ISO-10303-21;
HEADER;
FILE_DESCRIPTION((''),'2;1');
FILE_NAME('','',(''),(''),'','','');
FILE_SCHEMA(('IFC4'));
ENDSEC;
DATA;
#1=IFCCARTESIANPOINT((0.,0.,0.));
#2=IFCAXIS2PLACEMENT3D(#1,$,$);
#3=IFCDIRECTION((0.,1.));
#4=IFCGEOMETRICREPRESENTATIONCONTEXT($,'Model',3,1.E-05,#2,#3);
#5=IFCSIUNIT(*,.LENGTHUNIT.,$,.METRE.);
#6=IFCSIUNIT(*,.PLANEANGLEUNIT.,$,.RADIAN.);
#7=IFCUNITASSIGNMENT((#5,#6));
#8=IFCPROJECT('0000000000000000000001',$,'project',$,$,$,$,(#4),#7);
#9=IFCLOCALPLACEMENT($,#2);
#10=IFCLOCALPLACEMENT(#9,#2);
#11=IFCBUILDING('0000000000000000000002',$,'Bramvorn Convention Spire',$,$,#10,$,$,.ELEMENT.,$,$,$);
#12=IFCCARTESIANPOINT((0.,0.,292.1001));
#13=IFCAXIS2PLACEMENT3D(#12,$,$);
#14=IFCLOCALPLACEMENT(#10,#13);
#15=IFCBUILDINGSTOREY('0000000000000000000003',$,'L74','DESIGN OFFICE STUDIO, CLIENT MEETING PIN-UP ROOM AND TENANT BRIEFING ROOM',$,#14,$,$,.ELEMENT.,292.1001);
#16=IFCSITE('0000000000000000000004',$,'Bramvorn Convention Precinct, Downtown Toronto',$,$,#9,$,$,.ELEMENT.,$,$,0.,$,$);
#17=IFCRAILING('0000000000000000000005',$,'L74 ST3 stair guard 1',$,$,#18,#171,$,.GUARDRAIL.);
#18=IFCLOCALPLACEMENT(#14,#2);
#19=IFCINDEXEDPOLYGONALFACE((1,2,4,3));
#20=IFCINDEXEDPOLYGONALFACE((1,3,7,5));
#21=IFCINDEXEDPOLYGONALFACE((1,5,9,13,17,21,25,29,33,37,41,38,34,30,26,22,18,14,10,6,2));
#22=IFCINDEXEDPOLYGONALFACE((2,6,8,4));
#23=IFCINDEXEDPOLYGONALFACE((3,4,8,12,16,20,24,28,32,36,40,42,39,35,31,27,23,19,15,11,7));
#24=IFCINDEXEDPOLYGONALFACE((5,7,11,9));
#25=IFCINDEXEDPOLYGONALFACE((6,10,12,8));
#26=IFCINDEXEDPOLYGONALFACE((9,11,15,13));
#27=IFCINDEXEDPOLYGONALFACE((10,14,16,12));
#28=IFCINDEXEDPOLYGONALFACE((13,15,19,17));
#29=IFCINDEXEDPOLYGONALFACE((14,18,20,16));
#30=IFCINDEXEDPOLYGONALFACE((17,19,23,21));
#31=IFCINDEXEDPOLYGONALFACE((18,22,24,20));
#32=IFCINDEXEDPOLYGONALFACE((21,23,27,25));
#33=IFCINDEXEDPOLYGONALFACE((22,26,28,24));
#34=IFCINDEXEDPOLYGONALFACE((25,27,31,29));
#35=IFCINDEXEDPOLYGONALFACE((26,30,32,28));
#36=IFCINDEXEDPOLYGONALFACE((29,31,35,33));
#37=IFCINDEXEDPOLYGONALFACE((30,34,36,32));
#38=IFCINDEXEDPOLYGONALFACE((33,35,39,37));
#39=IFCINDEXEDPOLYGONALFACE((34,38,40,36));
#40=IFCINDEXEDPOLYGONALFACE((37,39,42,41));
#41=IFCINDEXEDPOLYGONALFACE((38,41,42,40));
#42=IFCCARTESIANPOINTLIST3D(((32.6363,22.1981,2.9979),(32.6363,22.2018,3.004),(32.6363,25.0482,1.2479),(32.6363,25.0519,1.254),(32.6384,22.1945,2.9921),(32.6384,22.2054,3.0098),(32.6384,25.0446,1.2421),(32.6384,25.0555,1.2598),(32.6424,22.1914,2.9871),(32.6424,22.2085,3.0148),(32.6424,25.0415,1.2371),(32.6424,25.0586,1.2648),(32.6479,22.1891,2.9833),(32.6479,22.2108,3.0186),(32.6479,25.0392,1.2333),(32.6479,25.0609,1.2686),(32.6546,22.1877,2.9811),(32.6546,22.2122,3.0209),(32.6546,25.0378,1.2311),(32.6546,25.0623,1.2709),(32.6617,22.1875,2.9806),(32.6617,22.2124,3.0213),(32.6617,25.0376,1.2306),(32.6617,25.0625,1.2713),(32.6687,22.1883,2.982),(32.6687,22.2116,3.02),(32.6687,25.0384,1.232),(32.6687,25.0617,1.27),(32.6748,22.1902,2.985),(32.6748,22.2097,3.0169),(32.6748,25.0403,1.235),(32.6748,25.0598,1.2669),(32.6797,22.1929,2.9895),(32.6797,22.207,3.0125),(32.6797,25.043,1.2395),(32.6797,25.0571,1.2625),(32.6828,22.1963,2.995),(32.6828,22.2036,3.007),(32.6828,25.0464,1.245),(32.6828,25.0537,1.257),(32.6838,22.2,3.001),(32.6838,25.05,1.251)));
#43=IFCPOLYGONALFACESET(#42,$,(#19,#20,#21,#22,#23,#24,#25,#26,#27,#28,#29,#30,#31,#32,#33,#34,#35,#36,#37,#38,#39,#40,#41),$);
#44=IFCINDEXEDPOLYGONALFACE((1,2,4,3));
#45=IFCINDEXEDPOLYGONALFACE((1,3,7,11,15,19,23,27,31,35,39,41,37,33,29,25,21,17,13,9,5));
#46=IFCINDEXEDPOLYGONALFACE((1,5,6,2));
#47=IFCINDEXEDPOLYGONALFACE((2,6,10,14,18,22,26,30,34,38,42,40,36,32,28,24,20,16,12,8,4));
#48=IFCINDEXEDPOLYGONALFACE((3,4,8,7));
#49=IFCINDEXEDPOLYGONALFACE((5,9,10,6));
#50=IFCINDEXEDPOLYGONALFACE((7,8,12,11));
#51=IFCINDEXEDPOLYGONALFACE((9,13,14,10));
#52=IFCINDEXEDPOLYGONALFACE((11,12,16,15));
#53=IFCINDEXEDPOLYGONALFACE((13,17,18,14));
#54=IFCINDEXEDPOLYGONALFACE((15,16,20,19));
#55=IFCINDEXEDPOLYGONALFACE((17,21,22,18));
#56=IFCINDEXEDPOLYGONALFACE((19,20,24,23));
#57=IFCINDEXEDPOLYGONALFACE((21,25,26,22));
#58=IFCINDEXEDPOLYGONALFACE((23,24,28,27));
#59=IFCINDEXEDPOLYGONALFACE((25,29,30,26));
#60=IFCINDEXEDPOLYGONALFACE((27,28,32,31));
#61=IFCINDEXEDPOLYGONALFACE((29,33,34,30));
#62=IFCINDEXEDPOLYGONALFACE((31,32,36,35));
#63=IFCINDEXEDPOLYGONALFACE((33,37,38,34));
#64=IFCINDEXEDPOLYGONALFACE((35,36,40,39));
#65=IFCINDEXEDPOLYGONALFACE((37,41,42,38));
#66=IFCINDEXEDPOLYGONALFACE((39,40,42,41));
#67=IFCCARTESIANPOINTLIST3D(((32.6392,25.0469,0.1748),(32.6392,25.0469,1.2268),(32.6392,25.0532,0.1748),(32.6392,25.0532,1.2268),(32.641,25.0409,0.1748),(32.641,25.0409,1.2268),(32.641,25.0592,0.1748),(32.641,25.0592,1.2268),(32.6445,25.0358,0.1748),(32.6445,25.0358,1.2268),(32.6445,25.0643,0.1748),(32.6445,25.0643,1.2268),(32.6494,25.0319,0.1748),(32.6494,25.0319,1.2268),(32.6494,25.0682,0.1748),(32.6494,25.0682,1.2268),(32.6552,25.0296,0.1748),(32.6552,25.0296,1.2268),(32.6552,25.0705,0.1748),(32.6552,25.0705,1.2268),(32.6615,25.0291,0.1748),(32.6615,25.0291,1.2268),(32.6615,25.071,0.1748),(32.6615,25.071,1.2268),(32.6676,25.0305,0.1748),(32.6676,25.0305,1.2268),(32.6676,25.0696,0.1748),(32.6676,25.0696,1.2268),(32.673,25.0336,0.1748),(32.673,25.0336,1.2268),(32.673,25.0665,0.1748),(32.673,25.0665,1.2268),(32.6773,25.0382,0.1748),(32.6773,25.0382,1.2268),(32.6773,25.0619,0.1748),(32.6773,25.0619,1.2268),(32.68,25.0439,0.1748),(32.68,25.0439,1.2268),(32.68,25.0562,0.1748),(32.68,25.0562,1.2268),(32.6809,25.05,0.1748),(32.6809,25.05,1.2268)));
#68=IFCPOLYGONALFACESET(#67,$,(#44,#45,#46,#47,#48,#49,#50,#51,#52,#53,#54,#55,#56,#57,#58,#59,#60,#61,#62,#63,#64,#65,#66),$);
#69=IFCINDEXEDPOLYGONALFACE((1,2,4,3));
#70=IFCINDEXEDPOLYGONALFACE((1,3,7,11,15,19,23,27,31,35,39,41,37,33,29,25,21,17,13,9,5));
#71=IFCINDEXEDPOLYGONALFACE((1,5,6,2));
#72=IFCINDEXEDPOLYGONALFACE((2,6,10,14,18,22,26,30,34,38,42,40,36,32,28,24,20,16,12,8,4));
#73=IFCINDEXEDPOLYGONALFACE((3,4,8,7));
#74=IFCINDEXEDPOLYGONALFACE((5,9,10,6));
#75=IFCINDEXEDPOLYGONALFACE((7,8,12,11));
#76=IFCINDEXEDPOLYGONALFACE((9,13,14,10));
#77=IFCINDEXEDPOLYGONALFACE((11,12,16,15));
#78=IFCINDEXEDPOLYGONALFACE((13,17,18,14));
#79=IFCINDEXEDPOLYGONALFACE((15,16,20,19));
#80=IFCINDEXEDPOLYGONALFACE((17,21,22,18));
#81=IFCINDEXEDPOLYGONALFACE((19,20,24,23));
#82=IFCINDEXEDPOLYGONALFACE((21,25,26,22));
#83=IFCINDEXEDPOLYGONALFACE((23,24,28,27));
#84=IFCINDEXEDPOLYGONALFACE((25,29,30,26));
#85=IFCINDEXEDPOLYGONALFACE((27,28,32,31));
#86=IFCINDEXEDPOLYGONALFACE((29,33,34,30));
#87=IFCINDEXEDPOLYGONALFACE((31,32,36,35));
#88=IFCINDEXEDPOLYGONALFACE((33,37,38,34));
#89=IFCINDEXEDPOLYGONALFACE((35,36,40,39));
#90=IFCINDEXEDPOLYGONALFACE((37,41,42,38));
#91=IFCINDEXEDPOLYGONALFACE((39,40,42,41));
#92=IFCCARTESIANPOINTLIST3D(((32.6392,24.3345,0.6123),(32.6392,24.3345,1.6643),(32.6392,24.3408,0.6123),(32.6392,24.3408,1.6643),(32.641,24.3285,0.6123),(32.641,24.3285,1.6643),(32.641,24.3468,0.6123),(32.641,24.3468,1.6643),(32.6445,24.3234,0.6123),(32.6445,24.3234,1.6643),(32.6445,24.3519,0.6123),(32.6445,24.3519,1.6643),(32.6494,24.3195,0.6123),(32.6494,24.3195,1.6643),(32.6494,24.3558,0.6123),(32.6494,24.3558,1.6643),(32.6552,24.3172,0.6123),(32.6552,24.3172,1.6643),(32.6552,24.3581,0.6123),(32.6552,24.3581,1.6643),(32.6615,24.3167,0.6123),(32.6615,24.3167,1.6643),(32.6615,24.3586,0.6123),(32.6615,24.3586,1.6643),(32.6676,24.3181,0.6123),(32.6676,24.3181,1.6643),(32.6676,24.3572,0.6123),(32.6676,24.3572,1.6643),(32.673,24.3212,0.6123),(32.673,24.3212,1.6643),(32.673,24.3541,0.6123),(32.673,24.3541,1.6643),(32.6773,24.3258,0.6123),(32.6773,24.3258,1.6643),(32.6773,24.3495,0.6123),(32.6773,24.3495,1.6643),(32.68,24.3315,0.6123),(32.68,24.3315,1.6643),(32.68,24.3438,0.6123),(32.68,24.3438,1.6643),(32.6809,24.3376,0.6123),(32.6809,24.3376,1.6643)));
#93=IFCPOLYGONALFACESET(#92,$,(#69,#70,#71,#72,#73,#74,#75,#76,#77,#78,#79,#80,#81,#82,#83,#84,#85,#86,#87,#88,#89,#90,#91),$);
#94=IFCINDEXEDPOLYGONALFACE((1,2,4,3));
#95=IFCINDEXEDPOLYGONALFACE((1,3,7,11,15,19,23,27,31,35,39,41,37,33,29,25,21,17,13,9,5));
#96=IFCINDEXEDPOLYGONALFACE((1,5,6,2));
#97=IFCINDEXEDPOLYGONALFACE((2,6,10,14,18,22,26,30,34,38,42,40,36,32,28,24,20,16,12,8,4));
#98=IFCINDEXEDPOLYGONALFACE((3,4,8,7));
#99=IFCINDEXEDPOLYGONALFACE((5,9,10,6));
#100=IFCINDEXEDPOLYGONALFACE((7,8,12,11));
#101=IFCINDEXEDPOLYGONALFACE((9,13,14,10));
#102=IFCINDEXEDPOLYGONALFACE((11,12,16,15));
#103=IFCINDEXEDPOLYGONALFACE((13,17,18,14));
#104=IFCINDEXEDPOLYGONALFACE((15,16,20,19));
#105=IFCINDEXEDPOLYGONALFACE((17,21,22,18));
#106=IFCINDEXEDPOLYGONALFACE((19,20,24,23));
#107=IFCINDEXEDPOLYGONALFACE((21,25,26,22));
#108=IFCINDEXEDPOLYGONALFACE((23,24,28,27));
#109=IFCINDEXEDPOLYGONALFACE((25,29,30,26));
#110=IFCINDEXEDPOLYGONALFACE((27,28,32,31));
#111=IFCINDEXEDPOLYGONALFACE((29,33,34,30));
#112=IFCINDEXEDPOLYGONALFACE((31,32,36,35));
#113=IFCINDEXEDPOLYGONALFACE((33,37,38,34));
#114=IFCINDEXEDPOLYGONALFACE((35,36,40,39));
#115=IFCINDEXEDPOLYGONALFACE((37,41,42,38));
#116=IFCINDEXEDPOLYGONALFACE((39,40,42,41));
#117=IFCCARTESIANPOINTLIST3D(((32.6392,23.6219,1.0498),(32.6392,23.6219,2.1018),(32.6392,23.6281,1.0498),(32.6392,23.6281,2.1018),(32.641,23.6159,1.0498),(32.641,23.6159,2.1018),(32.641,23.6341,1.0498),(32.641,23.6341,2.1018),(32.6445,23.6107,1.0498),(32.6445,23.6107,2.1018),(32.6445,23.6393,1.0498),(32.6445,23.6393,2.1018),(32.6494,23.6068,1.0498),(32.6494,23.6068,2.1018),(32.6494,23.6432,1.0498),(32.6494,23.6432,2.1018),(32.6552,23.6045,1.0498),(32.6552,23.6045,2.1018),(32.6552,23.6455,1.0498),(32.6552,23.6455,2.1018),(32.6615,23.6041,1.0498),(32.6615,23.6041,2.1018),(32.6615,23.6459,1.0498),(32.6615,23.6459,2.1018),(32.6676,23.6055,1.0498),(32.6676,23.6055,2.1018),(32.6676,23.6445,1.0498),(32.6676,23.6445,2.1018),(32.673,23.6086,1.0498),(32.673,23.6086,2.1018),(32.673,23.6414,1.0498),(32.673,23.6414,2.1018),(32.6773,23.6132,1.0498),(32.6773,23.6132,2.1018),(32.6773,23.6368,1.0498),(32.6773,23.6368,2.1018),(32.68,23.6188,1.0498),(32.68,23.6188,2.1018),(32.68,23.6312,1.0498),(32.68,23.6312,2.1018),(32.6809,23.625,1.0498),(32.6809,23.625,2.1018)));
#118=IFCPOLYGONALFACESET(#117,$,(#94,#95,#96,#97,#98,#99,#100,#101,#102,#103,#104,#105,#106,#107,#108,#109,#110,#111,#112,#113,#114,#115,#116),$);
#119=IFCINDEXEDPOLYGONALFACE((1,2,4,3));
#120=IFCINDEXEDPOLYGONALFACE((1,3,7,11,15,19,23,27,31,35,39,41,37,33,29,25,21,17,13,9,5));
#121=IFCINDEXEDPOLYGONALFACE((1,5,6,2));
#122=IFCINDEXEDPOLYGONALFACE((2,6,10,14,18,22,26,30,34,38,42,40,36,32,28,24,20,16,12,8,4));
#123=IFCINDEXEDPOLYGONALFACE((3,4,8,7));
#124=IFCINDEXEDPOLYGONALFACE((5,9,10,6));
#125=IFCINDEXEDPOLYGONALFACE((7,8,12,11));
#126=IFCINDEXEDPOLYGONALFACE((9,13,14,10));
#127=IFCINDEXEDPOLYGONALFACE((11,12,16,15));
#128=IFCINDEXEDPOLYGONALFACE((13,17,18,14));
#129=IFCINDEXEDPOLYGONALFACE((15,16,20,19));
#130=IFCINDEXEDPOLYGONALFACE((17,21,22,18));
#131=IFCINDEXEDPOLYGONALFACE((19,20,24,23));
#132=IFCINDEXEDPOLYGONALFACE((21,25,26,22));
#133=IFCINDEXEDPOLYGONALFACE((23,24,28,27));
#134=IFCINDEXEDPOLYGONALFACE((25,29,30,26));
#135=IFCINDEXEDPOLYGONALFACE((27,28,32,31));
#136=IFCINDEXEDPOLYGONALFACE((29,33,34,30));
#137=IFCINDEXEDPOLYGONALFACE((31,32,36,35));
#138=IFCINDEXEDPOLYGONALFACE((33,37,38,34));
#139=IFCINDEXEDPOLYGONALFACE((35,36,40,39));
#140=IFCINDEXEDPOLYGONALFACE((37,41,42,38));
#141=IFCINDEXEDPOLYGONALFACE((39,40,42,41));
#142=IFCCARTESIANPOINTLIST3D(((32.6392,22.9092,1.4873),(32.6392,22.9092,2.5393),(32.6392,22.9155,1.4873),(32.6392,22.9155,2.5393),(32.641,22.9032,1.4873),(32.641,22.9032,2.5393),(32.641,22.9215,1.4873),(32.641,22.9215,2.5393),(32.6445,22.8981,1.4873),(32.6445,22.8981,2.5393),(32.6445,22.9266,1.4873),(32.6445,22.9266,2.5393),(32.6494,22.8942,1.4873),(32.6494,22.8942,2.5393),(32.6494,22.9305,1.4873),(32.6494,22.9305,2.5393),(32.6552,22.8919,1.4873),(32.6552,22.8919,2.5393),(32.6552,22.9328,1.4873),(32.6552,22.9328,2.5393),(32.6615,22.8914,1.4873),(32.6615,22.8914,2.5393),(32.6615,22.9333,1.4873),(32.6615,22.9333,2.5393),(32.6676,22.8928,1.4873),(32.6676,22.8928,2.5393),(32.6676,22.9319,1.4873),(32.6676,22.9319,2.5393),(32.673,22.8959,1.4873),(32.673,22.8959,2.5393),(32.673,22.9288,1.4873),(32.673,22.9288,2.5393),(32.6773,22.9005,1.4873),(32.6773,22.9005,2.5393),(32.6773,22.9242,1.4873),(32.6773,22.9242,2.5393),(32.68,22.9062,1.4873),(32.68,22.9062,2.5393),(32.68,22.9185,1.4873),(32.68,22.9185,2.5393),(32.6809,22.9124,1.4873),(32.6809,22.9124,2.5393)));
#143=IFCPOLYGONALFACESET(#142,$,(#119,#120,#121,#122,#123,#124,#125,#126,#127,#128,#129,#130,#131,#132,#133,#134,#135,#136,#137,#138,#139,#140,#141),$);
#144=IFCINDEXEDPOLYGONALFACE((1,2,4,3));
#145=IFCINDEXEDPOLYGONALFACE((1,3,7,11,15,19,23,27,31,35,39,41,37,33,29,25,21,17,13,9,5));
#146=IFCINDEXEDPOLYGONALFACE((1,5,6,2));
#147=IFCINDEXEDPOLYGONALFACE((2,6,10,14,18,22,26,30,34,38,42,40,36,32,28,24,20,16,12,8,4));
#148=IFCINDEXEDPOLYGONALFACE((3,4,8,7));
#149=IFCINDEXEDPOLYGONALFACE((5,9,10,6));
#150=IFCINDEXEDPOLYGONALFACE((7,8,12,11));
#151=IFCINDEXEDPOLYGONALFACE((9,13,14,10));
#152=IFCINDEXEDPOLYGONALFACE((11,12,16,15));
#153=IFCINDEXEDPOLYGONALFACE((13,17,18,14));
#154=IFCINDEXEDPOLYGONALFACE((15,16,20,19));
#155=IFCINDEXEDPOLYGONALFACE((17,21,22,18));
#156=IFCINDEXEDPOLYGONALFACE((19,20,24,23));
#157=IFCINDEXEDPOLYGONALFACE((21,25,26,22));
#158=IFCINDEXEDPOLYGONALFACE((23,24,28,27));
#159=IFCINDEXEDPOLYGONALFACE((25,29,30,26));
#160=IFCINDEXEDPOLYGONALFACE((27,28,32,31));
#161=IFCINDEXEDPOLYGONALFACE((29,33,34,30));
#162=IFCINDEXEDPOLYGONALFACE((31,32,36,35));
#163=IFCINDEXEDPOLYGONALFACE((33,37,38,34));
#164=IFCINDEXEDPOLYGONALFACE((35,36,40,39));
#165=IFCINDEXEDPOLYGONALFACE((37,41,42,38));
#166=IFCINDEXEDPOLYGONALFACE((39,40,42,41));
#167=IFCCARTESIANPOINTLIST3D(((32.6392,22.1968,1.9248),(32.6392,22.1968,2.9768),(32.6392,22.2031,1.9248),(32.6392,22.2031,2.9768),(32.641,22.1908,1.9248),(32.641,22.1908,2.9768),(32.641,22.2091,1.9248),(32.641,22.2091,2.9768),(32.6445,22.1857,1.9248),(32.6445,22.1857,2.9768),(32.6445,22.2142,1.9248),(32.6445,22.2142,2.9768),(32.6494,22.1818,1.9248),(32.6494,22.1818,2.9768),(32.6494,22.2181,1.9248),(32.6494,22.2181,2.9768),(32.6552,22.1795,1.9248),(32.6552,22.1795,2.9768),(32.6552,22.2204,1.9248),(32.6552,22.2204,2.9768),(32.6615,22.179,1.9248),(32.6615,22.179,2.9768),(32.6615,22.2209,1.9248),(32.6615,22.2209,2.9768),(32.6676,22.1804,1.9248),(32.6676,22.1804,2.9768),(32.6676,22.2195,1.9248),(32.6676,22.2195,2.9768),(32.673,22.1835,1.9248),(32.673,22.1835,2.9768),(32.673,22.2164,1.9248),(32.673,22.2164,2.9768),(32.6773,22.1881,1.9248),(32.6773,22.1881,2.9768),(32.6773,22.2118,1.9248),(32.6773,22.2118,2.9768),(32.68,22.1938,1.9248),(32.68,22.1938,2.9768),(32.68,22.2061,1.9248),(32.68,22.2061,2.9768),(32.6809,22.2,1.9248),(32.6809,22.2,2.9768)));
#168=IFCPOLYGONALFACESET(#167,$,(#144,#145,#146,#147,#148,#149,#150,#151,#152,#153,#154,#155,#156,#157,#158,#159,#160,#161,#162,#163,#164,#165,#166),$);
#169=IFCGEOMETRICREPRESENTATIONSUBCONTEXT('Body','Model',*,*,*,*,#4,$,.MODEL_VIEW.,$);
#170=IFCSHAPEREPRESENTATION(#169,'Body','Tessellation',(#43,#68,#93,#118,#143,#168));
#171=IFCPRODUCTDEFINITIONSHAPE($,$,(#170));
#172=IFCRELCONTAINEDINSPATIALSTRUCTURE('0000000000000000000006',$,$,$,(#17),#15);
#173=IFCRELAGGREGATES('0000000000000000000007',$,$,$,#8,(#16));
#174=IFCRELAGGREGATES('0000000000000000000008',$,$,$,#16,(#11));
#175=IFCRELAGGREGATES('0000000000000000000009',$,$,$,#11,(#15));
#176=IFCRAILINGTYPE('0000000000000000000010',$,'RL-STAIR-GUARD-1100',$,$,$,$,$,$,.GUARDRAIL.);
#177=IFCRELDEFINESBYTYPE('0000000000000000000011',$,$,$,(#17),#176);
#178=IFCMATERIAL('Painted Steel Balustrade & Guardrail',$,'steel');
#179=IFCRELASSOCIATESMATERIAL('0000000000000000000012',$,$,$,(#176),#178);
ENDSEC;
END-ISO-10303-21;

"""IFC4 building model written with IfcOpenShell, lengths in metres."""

from ifc_helpers import new_model, si_unit, direction, frame, origin, origin_2d, place, context, subcontext, project, spatial, circle, extrude, material, type_object, element, save


model = new_model("IFC4")

# Units and contexts
model_context = context("Model", 3, precision=1e-05, world=origin(), true_north=direction((0.0, 1.0)))
body_context = subcontext(model_context, "Body", "Model", "MODEL_VIEW")
ifc_project = project(units=[si_unit("LENGTHUNIT", "METRE"), si_unit("PLANEANGLEUNIT", "RADIAN")], contexts=[model_context])

# Site, building, storey
site_placement = place(None, origin())
site = spatial("IfcSite", under=ifc_project, at=site_placement, Name="Bramvorn Convention Precinct, Downtown Toronto", CompositionType="ELEMENT", RefElevation=0.0)
building_placement = place(site_placement, origin())
building = spatial("IfcBuilding", under=site, at=building_placement, Name="Bramvorn Convention Spire", CompositionType="ELEMENT")
storey_placement = place(building_placement, frame((0.0, 0.0, 292.1001)))
storey = spatial("IfcBuildingStorey", under=building, at=storey_placement, Name="L74", Description="DESIGN OFFICE STUDIO, CLIENT MEETING PIN-UP ROOM AND TENANT BRIEFING ROOM", CompositionType="ELEMENT", Elevation=292.1001)

# Railing
ifc_material_1 = material(Name="Painted Steel Balustrade & Guardrail", Category="steel")
railing_type_1 = type_object("IfcRailingType", Name="RL-STAIR-GUARD-1100", PredefinedType="GUARDRAIL", material=ifc_material_1)
railing_1_placement = place(storey_placement, frame((32.6599, 25.05, 0.1748)))
element("IfcRailing", 1, at=railing_1_placement, inside=storey, type_object=railing_type_1, Name="L74 ST3 stair guard 1", PredefinedType="GUARDRAIL", context=body_context, shape_type="SweptSolid", body=[
    extrude(circle(Radius=0.0239, at=origin_2d()), frame((0.0, 0.0, 1.0762), z_axis=(0.0, -0.852179, 0.52325), x_axis=(1.0, 0.0, 0.0)), (0.0, 0.0, 1.0), 3.3445),
    extrude(circle(Radius=0.021, at=origin_2d()), origin(), (0.0, 0.0, 1.0), 1.052),
    extrude(circle(Radius=0.021, at=origin_2d()), frame((0.0, -0.7124, 0.4375)), (0.0, 0.0, 1.0), 1.052),
    extrude(circle(Radius=0.021, at=origin_2d()), frame((0.0, -1.425, 0.875)), (0.0, 0.0, 1.0), 1.052),
    extrude(circle(Radius=0.021, at=origin_2d()), frame((0.0, -2.1377, 1.3125)), (0.0, 0.0, 1.0), 1.052),
    extrude(circle(Radius=0.021, at=origin_2d()), frame((0.0, -2.8501, 1.75)), (0.0, 0.0, 1.0), 1.052),
])

save(model, "model.ifc")
